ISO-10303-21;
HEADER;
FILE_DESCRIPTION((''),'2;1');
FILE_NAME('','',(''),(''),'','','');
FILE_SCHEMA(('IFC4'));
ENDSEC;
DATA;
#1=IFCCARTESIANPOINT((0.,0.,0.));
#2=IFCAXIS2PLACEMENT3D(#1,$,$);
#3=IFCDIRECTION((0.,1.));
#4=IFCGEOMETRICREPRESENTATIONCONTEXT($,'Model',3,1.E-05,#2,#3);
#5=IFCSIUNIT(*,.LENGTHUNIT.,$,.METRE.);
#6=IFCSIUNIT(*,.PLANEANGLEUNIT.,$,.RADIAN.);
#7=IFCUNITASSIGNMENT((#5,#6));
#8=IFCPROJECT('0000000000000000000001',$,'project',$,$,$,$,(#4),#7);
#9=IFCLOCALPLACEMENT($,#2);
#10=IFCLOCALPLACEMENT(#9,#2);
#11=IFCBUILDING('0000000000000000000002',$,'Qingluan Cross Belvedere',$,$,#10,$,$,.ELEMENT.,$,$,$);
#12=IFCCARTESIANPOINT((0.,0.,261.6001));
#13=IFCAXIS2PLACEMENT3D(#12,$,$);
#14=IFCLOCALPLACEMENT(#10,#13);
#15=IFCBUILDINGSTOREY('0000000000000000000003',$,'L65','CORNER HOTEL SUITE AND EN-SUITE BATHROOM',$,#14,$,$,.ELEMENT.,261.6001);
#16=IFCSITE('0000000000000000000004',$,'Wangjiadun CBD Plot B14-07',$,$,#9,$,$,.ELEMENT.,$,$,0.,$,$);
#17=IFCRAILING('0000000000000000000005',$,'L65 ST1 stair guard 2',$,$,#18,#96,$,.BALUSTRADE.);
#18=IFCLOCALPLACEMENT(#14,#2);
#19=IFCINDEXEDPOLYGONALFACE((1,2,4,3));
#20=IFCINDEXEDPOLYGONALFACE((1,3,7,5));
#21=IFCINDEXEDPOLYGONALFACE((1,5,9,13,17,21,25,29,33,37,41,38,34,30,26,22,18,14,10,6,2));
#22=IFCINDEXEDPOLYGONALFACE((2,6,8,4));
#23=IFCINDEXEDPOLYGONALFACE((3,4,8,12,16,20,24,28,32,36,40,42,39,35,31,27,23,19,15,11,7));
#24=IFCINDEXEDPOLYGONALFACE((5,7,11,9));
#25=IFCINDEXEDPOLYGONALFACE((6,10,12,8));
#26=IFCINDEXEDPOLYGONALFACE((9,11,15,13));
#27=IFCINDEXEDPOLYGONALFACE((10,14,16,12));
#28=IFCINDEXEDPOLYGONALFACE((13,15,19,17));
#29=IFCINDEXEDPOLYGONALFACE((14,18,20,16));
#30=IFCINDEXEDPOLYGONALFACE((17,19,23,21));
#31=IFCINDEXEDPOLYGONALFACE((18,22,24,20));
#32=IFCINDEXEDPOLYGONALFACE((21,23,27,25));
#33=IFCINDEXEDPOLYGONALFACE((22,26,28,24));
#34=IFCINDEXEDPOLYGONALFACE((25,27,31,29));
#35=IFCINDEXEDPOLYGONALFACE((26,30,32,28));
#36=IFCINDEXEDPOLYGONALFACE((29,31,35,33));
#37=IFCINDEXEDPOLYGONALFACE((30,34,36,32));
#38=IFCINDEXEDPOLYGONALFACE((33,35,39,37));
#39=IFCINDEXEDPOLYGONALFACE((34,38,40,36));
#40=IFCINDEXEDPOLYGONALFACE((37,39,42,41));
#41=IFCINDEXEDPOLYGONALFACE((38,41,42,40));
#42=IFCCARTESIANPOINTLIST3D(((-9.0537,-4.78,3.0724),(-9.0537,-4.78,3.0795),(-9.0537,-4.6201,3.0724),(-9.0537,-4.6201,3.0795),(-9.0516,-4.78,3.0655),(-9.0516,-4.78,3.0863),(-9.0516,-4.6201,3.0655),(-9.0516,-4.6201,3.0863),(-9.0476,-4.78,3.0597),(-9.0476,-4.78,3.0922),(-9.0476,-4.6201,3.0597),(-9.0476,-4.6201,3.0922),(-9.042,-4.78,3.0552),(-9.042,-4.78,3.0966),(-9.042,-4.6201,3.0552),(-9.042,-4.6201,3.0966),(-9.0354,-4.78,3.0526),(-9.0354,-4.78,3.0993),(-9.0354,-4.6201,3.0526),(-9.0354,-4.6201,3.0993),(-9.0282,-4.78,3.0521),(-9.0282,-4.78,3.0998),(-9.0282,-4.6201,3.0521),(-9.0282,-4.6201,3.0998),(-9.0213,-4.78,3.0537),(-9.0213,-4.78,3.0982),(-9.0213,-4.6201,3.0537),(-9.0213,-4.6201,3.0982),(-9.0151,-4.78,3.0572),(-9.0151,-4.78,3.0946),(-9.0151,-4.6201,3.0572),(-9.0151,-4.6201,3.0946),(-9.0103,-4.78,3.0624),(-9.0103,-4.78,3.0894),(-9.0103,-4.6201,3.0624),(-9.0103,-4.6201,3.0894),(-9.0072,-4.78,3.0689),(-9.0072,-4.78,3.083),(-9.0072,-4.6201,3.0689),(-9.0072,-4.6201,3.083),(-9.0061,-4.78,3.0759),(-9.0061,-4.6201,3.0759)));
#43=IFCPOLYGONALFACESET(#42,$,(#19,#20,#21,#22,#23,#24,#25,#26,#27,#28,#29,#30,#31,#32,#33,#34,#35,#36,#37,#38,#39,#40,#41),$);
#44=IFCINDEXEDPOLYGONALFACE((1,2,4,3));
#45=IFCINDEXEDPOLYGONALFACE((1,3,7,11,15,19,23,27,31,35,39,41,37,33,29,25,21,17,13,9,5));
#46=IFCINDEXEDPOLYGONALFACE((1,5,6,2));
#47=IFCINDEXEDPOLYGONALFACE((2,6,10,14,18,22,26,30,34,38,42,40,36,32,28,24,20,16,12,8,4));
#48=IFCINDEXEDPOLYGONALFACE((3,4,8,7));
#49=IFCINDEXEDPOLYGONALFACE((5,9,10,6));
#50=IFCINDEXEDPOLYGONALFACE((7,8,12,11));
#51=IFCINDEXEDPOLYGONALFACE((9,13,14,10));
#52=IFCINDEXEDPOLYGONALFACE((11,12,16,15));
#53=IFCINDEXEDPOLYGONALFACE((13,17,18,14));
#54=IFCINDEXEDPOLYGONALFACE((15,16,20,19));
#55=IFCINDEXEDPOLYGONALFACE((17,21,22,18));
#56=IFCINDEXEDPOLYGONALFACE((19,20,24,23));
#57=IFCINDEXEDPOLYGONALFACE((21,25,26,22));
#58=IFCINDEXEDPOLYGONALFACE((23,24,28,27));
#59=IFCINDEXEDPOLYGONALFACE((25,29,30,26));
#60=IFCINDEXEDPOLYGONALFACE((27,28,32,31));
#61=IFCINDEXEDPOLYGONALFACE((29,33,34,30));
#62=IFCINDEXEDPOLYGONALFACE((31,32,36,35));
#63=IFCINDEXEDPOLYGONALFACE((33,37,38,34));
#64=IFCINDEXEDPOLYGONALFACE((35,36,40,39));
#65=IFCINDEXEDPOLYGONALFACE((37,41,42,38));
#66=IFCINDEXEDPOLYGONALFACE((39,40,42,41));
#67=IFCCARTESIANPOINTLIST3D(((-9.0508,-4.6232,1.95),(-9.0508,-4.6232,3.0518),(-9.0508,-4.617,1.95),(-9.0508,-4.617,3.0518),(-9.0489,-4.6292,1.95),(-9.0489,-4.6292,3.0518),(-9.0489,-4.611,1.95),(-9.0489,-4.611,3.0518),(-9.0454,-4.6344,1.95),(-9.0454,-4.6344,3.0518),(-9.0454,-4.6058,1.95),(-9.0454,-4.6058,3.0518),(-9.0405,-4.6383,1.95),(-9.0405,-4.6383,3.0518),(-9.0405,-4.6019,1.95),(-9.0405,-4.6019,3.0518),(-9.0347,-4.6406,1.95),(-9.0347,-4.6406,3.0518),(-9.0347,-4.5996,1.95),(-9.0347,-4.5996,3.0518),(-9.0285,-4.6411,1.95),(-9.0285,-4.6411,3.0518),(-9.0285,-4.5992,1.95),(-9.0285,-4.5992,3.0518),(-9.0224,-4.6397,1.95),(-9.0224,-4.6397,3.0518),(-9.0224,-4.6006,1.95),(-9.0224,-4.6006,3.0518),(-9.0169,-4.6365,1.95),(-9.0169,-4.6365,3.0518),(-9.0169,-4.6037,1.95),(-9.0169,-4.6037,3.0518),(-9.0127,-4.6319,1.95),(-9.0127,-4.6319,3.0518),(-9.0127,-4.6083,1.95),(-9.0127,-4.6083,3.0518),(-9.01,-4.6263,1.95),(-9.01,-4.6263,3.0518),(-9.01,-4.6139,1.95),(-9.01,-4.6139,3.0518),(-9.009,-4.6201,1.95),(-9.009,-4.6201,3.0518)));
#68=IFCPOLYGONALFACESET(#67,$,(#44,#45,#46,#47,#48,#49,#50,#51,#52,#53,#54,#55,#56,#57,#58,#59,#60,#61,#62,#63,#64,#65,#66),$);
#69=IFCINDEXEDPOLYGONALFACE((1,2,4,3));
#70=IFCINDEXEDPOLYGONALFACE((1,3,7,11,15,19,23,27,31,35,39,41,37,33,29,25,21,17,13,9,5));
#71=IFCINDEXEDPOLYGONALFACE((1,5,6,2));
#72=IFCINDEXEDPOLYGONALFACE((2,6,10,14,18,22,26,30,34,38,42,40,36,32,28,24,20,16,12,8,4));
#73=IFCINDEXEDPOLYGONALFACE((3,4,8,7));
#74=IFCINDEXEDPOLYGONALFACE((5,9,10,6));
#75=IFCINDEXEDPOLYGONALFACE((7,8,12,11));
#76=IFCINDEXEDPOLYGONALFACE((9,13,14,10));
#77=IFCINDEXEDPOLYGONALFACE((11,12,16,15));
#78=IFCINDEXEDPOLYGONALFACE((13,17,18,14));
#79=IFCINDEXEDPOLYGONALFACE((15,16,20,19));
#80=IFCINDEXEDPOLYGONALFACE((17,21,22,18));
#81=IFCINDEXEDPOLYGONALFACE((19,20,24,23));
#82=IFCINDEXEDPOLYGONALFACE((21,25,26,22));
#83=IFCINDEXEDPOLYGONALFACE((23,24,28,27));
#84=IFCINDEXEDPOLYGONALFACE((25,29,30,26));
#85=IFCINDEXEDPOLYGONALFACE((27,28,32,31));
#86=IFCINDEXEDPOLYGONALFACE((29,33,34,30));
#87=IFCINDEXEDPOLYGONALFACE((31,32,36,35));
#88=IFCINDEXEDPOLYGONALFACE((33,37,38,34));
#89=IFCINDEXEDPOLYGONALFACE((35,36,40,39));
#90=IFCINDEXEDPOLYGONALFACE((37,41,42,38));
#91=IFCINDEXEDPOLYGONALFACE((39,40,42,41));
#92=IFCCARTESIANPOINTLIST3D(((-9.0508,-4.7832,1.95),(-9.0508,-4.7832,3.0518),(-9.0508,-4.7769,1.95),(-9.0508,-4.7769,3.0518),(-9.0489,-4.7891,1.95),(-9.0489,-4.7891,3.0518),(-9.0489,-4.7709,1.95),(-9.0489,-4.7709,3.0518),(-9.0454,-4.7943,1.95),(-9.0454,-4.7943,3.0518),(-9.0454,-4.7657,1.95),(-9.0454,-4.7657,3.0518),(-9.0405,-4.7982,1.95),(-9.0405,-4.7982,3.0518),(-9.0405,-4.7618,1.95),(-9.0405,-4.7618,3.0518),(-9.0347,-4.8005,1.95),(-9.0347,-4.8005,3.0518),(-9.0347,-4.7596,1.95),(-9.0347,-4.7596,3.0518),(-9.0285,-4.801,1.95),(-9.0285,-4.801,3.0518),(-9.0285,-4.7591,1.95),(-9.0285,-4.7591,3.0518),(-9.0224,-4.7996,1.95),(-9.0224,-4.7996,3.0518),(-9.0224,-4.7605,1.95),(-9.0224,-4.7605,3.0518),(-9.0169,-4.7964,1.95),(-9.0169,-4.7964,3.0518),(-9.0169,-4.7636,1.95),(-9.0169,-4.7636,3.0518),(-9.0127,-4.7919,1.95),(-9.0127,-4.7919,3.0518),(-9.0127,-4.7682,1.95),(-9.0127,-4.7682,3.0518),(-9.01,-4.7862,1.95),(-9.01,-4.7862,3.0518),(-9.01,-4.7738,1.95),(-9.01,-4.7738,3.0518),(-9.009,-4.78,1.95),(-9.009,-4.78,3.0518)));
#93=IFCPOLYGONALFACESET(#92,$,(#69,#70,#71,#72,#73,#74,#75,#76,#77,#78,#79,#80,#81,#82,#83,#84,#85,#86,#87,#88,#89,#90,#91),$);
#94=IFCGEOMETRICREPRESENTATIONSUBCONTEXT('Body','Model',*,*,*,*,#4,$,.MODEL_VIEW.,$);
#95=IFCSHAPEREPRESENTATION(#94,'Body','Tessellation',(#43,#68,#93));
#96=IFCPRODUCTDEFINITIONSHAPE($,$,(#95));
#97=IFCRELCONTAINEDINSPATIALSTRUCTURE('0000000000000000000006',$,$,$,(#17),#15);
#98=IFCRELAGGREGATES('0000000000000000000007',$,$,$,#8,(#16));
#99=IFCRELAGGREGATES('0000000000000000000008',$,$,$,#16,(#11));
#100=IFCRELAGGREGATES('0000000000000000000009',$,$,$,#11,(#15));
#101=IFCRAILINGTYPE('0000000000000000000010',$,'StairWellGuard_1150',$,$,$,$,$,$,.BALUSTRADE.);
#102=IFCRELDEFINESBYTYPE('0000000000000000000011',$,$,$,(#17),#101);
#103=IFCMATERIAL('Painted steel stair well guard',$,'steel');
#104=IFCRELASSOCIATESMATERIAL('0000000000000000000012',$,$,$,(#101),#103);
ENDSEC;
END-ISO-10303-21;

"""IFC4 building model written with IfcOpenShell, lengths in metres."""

from ifc_helpers import new_model, si_unit, direction, frame, origin, origin_2d, place, context, subcontext, project, spatial, circle, extrude, material, type_object, element, save


model = new_model("IFC4")

# Units and contexts
model_context = context("Model", 3, precision=1e-05, world=origin(), true_north=direction((0.0, 1.0)))
body_context = subcontext(model_context, "Body", "Model", "MODEL_VIEW")
ifc_project = project(units=[si_unit("LENGTHUNIT", "METRE"), si_unit("PLANEANGLEUNIT", "RADIAN")], contexts=[model_context])

# Site, building, storey
site_placement = place(None, origin())
site = spatial("IfcSite", under=ifc_project, at=site_placement, Name="Wangjiadun CBD Plot B14-07", CompositionType="ELEMENT", RefElevation=0.0)
building_placement = place(site_placement, origin())
building = spatial("IfcBuilding", under=site, at=building_placement, Name="Qingluan Cross Belvedere", CompositionType="ELEMENT")
storey_placement = place(building_placement, frame((0.0, 0.0, 261.6001)))
storey = spatial("IfcBuildingStorey", under=building, at=storey_placement, Name="L65", Description="CORNER HOTEL SUITE AND EN-SUITE BATHROOM", CompositionType="ELEMENT", Elevation=261.6001)

# Railing
ifc_material_1 = material(Name="Painted steel stair well guard", Category="steel")
railing_type_1 = type_object("IfcRailingType", Name="StairWellGuard_1150", PredefinedType="BALUSTRADE", material=ifc_material_1)
railing_1_placement = place(storey_placement, frame((-9.03, -4.6201, 1.95)))
element("IfcRailing", 1, at=railing_1_placement, inside=storey, type_object=railing_type_1, Name="L65 ST1 stair guard 2", PredefinedType="BALUSTRADE", context=body_context, shape_type="SweptSolid", body=[
    extrude(circle(Radius=0.0239, at=origin_2d()), frame((0.0, 0.0, 1.126), z_axis=(0.0, -1.0, 0.0), x_axis=(1.0, 0.0, 0.0)), (0.0, 0.0, 1.0), 0.1599),
    extrude(circle(Radius=0.021, at=origin_2d()), origin(), (0.0, 0.0, 1.0), 1.1018),
    extrude(circle(Radius=0.021, at=origin_2d()), frame((0.0, -0.1599, 0.0)), (0.0, 0.0, 1.0), 1.1018),
])

save(model, "model.ifc")
